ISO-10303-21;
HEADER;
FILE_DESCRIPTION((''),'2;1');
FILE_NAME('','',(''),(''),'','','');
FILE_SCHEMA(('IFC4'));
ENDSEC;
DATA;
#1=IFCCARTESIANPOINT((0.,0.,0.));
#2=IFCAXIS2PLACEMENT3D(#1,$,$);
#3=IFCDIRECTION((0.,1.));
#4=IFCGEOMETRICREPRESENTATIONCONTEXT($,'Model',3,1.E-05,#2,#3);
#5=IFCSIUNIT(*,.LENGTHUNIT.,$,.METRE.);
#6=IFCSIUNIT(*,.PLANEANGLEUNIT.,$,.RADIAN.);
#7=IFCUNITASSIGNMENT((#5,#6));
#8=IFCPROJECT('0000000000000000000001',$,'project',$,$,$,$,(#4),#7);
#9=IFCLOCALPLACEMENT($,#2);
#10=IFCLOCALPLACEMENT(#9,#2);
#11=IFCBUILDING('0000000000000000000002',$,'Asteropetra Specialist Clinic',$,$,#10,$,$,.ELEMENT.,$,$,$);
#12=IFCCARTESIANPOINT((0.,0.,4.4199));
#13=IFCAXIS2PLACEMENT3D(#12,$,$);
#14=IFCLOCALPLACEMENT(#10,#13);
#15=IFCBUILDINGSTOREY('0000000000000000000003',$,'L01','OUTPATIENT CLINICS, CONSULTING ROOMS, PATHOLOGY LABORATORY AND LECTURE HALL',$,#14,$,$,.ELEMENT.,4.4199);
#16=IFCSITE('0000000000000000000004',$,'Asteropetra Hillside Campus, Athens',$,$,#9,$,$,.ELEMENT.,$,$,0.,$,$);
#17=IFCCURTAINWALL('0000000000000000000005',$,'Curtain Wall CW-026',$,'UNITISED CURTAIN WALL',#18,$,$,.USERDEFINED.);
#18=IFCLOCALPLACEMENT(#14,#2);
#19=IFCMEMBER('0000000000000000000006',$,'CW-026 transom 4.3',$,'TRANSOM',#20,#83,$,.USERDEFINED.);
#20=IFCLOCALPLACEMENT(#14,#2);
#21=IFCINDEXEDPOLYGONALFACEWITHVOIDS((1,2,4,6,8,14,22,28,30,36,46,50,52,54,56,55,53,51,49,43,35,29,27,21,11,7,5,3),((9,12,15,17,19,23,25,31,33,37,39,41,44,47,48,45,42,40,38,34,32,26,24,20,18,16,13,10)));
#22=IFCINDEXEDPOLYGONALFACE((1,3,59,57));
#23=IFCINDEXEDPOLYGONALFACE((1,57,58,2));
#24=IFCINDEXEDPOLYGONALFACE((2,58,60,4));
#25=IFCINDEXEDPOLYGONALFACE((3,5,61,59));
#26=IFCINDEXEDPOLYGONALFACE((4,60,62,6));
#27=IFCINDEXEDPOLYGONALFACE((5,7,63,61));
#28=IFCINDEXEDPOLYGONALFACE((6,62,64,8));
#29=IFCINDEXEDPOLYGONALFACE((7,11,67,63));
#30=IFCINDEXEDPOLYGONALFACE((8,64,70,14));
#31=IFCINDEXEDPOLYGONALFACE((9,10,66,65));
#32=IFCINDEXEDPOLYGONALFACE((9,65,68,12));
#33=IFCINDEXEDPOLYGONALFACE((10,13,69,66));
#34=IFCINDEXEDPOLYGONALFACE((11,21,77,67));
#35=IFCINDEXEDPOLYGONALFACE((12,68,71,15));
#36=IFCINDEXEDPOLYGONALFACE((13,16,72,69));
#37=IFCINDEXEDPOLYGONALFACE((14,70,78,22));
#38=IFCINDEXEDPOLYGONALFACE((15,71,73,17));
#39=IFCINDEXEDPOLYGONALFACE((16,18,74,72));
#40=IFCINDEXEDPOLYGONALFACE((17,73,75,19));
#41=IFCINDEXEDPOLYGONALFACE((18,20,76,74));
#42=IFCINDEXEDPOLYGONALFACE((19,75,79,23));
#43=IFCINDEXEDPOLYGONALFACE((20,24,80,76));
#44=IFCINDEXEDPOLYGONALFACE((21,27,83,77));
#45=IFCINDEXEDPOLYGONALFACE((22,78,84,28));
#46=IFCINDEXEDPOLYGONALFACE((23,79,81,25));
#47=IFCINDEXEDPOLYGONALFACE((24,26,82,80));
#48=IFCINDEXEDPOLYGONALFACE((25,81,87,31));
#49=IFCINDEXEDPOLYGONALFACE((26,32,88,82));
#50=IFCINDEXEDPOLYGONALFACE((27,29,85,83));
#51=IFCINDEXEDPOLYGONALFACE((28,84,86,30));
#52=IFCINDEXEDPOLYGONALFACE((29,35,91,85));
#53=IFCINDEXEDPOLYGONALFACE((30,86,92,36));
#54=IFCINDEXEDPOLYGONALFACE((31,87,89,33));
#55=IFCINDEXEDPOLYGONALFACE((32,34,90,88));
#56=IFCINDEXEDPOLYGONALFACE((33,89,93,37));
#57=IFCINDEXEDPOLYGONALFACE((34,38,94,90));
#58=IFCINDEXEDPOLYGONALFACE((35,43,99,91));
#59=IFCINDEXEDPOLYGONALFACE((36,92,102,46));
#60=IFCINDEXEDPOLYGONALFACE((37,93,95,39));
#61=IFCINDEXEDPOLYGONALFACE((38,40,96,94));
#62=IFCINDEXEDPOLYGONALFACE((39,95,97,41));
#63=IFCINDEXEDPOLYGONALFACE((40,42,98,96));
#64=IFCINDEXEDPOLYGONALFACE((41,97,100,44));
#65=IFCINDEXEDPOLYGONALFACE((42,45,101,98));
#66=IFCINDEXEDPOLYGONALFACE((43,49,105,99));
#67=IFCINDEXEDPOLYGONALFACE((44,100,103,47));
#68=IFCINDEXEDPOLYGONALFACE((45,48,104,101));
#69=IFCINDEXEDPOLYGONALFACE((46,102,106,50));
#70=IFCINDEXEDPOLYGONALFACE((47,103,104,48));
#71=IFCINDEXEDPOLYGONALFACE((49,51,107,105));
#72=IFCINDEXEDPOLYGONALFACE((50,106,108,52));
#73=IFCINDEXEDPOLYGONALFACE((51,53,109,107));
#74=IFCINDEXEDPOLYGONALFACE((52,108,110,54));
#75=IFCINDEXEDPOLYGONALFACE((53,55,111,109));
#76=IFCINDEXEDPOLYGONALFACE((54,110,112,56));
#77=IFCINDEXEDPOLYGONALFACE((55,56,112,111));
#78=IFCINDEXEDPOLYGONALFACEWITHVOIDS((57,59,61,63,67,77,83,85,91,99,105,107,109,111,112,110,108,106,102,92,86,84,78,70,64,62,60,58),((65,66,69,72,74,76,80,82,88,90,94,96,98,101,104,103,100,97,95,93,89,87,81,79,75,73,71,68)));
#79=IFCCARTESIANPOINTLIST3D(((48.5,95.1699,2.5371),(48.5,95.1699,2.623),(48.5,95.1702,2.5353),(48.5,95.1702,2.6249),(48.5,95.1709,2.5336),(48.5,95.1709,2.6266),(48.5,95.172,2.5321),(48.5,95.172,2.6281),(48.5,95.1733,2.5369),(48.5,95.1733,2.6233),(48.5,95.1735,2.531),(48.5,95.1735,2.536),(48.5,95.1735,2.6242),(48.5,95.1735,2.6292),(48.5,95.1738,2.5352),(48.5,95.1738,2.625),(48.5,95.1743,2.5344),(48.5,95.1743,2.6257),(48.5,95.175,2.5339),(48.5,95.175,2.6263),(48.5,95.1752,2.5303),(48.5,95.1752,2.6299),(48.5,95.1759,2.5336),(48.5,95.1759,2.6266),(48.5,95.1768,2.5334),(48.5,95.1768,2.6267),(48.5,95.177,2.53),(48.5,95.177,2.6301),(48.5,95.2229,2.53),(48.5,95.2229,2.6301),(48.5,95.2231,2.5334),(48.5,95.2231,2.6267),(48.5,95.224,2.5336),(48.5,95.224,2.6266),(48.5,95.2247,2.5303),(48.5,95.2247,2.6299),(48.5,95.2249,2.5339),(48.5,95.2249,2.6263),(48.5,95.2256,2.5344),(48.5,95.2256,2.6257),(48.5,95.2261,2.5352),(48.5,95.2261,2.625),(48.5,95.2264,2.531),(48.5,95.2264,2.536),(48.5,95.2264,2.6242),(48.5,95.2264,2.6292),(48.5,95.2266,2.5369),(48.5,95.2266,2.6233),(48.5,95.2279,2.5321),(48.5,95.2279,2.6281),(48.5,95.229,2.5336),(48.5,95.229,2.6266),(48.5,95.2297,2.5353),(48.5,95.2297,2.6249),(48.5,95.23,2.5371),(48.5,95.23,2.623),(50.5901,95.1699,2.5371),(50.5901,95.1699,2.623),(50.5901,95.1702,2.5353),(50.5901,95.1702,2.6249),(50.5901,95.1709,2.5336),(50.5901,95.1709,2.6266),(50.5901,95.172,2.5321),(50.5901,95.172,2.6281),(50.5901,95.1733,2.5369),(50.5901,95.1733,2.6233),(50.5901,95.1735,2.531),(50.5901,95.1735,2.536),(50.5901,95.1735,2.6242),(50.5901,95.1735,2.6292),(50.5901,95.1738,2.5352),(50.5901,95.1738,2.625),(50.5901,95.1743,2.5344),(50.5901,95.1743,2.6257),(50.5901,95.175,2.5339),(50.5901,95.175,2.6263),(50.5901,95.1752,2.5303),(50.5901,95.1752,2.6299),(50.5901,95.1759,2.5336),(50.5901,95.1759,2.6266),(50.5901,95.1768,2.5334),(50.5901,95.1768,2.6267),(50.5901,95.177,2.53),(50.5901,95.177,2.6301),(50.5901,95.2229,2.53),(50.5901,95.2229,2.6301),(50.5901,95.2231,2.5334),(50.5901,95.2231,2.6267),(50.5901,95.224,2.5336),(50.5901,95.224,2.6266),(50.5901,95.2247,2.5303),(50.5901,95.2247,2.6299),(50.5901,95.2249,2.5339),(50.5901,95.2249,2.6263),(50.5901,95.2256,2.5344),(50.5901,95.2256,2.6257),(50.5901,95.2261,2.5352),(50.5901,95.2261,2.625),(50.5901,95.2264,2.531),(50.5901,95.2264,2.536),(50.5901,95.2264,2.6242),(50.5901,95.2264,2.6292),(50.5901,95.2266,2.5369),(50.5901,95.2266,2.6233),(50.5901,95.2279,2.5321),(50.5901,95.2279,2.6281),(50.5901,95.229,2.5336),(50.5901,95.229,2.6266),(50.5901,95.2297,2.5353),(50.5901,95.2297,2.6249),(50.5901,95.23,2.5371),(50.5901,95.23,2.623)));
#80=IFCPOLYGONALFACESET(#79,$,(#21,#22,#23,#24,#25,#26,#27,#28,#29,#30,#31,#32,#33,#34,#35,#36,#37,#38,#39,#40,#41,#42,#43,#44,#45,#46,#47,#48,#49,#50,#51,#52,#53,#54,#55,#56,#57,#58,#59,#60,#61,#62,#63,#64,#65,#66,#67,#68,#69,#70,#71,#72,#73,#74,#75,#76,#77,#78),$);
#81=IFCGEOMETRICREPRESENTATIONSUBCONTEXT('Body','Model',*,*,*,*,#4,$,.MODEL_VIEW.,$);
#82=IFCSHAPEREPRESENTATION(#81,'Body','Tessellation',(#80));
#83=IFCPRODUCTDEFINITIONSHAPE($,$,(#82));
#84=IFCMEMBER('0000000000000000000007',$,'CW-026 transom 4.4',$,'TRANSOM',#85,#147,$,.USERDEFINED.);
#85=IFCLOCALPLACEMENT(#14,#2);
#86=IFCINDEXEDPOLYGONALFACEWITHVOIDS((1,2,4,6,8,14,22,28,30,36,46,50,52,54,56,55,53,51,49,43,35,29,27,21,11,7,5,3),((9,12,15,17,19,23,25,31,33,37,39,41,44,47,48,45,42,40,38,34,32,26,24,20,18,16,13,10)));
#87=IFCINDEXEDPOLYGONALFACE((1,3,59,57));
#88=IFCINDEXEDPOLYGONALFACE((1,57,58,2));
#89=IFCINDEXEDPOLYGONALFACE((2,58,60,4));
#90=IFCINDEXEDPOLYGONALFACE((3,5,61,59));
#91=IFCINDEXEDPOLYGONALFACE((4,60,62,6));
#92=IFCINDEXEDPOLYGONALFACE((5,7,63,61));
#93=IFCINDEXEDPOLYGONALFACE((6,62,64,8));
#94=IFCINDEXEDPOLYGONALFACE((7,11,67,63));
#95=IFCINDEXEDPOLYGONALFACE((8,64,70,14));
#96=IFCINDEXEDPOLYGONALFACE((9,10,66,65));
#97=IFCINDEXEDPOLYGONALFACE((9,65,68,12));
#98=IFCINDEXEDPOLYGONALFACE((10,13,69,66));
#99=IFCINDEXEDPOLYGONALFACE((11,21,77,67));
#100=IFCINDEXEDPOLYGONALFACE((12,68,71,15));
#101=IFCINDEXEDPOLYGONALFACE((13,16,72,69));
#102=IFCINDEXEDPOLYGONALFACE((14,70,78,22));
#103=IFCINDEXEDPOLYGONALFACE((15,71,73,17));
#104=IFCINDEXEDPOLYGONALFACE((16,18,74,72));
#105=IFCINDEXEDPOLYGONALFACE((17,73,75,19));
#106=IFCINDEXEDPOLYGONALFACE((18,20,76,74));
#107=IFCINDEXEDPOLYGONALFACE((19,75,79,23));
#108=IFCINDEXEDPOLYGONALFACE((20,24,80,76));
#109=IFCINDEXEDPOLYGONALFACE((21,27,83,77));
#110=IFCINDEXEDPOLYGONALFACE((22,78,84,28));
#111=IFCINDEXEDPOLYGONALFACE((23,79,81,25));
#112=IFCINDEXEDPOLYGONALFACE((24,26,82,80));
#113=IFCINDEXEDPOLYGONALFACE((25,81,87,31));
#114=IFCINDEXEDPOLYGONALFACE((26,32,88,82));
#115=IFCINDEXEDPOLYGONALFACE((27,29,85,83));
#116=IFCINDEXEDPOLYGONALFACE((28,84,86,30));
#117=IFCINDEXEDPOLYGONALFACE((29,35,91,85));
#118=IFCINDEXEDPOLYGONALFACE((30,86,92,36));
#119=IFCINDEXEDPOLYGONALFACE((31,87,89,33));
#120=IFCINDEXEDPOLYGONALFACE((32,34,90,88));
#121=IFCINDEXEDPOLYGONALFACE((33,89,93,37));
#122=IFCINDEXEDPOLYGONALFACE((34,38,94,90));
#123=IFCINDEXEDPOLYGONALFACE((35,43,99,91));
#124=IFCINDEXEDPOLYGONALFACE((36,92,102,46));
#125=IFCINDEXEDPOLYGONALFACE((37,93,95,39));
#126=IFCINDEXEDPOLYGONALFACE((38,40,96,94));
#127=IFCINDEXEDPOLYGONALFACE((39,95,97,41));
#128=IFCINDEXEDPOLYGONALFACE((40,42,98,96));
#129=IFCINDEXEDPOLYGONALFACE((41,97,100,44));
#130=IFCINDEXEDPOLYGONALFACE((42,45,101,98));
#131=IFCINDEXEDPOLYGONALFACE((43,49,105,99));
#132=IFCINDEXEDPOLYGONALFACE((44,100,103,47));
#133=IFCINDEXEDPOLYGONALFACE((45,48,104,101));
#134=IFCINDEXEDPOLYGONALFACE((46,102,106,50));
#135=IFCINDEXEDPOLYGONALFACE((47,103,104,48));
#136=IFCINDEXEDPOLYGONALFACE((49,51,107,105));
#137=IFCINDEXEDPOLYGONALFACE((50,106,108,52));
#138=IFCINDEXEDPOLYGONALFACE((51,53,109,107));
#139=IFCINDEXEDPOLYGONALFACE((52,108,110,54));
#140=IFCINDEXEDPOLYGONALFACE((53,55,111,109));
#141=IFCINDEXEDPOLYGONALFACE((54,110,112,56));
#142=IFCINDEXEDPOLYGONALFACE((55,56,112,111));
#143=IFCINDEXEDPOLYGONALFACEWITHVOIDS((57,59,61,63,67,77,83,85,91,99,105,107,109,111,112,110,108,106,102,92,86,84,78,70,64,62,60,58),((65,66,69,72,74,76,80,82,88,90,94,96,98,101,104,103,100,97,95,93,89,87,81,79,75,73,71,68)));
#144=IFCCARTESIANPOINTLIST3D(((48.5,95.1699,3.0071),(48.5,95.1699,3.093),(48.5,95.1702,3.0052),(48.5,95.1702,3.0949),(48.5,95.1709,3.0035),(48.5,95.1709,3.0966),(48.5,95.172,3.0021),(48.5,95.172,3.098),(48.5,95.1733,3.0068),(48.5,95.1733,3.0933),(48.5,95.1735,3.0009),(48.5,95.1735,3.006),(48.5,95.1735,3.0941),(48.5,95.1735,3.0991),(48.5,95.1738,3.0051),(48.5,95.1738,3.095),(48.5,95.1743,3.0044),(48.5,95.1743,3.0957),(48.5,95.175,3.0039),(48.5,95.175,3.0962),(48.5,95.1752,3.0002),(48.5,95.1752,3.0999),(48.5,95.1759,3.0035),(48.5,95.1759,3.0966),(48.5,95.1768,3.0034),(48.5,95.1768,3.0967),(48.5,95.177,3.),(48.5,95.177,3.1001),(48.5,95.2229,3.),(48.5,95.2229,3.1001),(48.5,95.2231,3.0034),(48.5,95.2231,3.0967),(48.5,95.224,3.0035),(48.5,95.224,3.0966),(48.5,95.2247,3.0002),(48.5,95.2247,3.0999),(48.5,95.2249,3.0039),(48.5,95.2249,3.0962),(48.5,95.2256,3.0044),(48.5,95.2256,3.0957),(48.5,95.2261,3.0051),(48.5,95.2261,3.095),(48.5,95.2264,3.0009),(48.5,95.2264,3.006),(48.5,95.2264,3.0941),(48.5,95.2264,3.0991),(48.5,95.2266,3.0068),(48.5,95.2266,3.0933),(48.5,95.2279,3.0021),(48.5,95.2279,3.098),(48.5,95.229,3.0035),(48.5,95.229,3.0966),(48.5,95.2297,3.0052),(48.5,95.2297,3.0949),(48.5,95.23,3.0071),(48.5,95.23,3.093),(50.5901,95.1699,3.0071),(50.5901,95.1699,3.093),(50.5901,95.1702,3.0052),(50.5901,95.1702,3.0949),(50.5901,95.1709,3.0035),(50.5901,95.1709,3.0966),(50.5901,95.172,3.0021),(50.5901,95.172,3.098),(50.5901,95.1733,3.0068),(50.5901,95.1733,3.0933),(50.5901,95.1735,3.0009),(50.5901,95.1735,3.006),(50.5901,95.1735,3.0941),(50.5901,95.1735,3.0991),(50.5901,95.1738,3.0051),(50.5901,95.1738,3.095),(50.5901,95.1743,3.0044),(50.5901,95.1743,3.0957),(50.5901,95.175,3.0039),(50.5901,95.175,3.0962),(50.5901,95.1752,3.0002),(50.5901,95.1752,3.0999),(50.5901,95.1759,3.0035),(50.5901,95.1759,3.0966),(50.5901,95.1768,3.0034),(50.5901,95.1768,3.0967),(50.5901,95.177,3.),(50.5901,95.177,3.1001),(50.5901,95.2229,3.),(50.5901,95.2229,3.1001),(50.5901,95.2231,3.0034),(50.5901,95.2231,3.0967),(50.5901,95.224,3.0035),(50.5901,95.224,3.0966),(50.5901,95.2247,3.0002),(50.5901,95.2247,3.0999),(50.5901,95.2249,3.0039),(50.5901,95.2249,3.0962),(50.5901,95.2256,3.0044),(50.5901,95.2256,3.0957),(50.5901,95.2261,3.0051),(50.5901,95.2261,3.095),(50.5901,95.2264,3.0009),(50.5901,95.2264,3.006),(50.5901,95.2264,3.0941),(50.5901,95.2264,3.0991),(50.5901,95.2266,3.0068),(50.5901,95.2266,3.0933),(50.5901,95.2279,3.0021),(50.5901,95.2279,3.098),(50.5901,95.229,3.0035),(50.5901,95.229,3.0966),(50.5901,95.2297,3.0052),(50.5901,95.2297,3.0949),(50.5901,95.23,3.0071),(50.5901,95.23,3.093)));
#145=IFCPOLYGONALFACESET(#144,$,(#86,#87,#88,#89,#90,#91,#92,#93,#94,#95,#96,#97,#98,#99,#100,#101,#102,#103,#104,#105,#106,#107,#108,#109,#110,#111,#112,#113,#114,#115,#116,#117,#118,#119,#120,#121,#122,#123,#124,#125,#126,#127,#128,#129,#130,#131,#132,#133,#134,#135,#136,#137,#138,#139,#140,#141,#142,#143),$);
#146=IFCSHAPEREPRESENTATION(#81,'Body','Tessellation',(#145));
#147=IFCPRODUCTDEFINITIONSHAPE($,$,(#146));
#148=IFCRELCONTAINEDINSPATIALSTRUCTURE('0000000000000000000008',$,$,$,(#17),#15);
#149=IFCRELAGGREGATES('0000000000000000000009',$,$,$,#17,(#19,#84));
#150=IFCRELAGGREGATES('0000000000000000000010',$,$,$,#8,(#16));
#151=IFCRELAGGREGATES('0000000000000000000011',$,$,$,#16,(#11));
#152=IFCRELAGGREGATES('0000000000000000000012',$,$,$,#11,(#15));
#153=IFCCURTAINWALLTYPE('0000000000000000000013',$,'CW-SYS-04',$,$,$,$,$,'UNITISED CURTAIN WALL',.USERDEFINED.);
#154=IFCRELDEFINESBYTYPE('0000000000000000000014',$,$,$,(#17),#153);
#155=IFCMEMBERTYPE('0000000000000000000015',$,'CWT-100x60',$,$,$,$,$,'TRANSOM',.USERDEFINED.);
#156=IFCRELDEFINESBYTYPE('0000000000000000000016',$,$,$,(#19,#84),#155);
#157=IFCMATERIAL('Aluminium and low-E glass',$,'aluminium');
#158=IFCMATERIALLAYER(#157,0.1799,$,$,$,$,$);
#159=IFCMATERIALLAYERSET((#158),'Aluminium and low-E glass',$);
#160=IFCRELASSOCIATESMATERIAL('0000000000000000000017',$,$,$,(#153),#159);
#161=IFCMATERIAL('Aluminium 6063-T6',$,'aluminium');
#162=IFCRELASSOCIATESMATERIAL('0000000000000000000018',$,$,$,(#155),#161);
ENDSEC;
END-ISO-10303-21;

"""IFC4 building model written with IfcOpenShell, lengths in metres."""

from ifc_helpers import new_model, si_unit, direction, frame, origin, origin_2d, place, context, subcontext, project, spatial, hollow_rectangle, extrude, material, layer, layer_set, material_profile, profile_set, type_object, element, aggregate, save


model = new_model("IFC4")

# Units and contexts
model_context = context("Model", 3, precision=1e-05, world=origin(), true_north=direction((0.0, 1.0)))
body_context = subcontext(model_context, "Body", "Model", "MODEL_VIEW")
ifc_project = project(units=[si_unit("LENGTHUNIT", "METRE"), si_unit("PLANEANGLEUNIT", "RADIAN")], contexts=[model_context])

# Site, building, storey
site_placement = place(None, origin())
site = spatial("IfcSite", under=ifc_project, at=site_placement, Name="Asteropetra Hillside Campus, Athens", CompositionType="ELEMENT", RefElevation=0.0)
building_placement = place(site_placement, origin())
building = spatial("IfcBuilding", under=site, at=building_placement, Name="Asteropetra Specialist Clinic", CompositionType="ELEMENT")
storey_placement = place(building_placement, frame((0.0, 0.0, 4.4199)))
storey = spatial("IfcBuildingStorey", under=building, at=storey_placement, Name="L01", Description="OUTPATIENT CLINICS, CONSULTING ROOMS, PATHOLOGY LABORATORY AND LECTURE HALL", CompositionType="ELEMENT", Elevation=4.4199)

# Curtain wall
ifc_material_1 = material(Name="Aluminium and low-E glass", Category="aluminium")
ifc_layer_1 = layer(ifc_material_1, 0.1799)
ifc_layer_set_1 = layer_set([ifc_layer_1], Name="Aluminium and low-E glass")
curtain_wall_type_1 = type_object("IfcCurtainWallType", Name="CW-SYS-04", ElementType="UNITISED CURTAIN WALL", PredefinedType="USERDEFINED", material=ifc_layer_set_1)
curtain_wall_1_placement = place(storey_placement, origin())
curtain_wall_1 = element("IfcCurtainWall", 1, at=curtain_wall_1_placement, inside=storey, type_object=curtain_wall_type_1, Name="Curtain Wall CW-026", ObjectType="UNITISED CURTAIN WALL", PredefinedType="USERDEFINED")

# Members
ifc_material_2 = material(Name="Aluminium 6063-T6", Category="aluminium")
ifc_material_profile_1 = material_profile(ifc_material_2, hollow_rectangle(XDim=0.0601, YDim=0.1001, WallThickness=0.0034, InnerFilletRadius=0.0034, OuterFilletRadius=0.0071, at=origin_2d()), Name="TRN 100x60x3.5")
ifc_profile_set_1 = profile_set([ifc_material_profile_1], Name="Aluminium 6063-T6")
member_type_1 = type_object("IfcMemberType", Name="CWT-100x60", ElementType="TRANSOM", PredefinedType="USERDEFINED", material=ifc_profile_set_1)
member_1_placement = place(storey_placement, frame((50.5901, 95.2, 2.5801), z_axis=(-1.0, 0.0, 0.0), x_axis=(0.0, -1.0, 0.0)))
member_1 = element("IfcMember", 2, at=member_1_placement, type_object=member_type_1, Name="CW-026 transom 4.3", ObjectType="TRANSOM", PredefinedType="USERDEFINED", context=body_context, shape_type="SweptSolid", body=[
    extrude(hollow_rectangle(XDim=0.0601, YDim=0.1001, WallThickness=0.0034, InnerFilletRadius=0.0034, OuterFilletRadius=0.0071, at=origin_2d()), origin(), (0.0, 0.0, 1.0), 2.0901),
])
member_2_placement = place(storey_placement, frame((50.5901, 95.2, 3.05), z_axis=(-1.0, 0.0, 0.0), x_axis=(0.0, -1.0, 0.0)))
member_2 = element("IfcMember", 3, at=member_2_placement, type_object=member_type_1, Name="CW-026 transom 4.4", ObjectType="TRANSOM", PredefinedType="USERDEFINED", context=body_context, shape_type="SweptSolid", body=[
    extrude(hollow_rectangle(XDim=0.0601, YDim=0.1001, WallThickness=0.0034, InnerFilletRadius=0.0034, OuterFilletRadius=0.0071, at=origin_2d()), origin(), (0.0, 0.0, 1.0), 2.0901),
])

aggregate(curtain_wall_1, [member_1, member_2])

save(model, "model.ifc")
